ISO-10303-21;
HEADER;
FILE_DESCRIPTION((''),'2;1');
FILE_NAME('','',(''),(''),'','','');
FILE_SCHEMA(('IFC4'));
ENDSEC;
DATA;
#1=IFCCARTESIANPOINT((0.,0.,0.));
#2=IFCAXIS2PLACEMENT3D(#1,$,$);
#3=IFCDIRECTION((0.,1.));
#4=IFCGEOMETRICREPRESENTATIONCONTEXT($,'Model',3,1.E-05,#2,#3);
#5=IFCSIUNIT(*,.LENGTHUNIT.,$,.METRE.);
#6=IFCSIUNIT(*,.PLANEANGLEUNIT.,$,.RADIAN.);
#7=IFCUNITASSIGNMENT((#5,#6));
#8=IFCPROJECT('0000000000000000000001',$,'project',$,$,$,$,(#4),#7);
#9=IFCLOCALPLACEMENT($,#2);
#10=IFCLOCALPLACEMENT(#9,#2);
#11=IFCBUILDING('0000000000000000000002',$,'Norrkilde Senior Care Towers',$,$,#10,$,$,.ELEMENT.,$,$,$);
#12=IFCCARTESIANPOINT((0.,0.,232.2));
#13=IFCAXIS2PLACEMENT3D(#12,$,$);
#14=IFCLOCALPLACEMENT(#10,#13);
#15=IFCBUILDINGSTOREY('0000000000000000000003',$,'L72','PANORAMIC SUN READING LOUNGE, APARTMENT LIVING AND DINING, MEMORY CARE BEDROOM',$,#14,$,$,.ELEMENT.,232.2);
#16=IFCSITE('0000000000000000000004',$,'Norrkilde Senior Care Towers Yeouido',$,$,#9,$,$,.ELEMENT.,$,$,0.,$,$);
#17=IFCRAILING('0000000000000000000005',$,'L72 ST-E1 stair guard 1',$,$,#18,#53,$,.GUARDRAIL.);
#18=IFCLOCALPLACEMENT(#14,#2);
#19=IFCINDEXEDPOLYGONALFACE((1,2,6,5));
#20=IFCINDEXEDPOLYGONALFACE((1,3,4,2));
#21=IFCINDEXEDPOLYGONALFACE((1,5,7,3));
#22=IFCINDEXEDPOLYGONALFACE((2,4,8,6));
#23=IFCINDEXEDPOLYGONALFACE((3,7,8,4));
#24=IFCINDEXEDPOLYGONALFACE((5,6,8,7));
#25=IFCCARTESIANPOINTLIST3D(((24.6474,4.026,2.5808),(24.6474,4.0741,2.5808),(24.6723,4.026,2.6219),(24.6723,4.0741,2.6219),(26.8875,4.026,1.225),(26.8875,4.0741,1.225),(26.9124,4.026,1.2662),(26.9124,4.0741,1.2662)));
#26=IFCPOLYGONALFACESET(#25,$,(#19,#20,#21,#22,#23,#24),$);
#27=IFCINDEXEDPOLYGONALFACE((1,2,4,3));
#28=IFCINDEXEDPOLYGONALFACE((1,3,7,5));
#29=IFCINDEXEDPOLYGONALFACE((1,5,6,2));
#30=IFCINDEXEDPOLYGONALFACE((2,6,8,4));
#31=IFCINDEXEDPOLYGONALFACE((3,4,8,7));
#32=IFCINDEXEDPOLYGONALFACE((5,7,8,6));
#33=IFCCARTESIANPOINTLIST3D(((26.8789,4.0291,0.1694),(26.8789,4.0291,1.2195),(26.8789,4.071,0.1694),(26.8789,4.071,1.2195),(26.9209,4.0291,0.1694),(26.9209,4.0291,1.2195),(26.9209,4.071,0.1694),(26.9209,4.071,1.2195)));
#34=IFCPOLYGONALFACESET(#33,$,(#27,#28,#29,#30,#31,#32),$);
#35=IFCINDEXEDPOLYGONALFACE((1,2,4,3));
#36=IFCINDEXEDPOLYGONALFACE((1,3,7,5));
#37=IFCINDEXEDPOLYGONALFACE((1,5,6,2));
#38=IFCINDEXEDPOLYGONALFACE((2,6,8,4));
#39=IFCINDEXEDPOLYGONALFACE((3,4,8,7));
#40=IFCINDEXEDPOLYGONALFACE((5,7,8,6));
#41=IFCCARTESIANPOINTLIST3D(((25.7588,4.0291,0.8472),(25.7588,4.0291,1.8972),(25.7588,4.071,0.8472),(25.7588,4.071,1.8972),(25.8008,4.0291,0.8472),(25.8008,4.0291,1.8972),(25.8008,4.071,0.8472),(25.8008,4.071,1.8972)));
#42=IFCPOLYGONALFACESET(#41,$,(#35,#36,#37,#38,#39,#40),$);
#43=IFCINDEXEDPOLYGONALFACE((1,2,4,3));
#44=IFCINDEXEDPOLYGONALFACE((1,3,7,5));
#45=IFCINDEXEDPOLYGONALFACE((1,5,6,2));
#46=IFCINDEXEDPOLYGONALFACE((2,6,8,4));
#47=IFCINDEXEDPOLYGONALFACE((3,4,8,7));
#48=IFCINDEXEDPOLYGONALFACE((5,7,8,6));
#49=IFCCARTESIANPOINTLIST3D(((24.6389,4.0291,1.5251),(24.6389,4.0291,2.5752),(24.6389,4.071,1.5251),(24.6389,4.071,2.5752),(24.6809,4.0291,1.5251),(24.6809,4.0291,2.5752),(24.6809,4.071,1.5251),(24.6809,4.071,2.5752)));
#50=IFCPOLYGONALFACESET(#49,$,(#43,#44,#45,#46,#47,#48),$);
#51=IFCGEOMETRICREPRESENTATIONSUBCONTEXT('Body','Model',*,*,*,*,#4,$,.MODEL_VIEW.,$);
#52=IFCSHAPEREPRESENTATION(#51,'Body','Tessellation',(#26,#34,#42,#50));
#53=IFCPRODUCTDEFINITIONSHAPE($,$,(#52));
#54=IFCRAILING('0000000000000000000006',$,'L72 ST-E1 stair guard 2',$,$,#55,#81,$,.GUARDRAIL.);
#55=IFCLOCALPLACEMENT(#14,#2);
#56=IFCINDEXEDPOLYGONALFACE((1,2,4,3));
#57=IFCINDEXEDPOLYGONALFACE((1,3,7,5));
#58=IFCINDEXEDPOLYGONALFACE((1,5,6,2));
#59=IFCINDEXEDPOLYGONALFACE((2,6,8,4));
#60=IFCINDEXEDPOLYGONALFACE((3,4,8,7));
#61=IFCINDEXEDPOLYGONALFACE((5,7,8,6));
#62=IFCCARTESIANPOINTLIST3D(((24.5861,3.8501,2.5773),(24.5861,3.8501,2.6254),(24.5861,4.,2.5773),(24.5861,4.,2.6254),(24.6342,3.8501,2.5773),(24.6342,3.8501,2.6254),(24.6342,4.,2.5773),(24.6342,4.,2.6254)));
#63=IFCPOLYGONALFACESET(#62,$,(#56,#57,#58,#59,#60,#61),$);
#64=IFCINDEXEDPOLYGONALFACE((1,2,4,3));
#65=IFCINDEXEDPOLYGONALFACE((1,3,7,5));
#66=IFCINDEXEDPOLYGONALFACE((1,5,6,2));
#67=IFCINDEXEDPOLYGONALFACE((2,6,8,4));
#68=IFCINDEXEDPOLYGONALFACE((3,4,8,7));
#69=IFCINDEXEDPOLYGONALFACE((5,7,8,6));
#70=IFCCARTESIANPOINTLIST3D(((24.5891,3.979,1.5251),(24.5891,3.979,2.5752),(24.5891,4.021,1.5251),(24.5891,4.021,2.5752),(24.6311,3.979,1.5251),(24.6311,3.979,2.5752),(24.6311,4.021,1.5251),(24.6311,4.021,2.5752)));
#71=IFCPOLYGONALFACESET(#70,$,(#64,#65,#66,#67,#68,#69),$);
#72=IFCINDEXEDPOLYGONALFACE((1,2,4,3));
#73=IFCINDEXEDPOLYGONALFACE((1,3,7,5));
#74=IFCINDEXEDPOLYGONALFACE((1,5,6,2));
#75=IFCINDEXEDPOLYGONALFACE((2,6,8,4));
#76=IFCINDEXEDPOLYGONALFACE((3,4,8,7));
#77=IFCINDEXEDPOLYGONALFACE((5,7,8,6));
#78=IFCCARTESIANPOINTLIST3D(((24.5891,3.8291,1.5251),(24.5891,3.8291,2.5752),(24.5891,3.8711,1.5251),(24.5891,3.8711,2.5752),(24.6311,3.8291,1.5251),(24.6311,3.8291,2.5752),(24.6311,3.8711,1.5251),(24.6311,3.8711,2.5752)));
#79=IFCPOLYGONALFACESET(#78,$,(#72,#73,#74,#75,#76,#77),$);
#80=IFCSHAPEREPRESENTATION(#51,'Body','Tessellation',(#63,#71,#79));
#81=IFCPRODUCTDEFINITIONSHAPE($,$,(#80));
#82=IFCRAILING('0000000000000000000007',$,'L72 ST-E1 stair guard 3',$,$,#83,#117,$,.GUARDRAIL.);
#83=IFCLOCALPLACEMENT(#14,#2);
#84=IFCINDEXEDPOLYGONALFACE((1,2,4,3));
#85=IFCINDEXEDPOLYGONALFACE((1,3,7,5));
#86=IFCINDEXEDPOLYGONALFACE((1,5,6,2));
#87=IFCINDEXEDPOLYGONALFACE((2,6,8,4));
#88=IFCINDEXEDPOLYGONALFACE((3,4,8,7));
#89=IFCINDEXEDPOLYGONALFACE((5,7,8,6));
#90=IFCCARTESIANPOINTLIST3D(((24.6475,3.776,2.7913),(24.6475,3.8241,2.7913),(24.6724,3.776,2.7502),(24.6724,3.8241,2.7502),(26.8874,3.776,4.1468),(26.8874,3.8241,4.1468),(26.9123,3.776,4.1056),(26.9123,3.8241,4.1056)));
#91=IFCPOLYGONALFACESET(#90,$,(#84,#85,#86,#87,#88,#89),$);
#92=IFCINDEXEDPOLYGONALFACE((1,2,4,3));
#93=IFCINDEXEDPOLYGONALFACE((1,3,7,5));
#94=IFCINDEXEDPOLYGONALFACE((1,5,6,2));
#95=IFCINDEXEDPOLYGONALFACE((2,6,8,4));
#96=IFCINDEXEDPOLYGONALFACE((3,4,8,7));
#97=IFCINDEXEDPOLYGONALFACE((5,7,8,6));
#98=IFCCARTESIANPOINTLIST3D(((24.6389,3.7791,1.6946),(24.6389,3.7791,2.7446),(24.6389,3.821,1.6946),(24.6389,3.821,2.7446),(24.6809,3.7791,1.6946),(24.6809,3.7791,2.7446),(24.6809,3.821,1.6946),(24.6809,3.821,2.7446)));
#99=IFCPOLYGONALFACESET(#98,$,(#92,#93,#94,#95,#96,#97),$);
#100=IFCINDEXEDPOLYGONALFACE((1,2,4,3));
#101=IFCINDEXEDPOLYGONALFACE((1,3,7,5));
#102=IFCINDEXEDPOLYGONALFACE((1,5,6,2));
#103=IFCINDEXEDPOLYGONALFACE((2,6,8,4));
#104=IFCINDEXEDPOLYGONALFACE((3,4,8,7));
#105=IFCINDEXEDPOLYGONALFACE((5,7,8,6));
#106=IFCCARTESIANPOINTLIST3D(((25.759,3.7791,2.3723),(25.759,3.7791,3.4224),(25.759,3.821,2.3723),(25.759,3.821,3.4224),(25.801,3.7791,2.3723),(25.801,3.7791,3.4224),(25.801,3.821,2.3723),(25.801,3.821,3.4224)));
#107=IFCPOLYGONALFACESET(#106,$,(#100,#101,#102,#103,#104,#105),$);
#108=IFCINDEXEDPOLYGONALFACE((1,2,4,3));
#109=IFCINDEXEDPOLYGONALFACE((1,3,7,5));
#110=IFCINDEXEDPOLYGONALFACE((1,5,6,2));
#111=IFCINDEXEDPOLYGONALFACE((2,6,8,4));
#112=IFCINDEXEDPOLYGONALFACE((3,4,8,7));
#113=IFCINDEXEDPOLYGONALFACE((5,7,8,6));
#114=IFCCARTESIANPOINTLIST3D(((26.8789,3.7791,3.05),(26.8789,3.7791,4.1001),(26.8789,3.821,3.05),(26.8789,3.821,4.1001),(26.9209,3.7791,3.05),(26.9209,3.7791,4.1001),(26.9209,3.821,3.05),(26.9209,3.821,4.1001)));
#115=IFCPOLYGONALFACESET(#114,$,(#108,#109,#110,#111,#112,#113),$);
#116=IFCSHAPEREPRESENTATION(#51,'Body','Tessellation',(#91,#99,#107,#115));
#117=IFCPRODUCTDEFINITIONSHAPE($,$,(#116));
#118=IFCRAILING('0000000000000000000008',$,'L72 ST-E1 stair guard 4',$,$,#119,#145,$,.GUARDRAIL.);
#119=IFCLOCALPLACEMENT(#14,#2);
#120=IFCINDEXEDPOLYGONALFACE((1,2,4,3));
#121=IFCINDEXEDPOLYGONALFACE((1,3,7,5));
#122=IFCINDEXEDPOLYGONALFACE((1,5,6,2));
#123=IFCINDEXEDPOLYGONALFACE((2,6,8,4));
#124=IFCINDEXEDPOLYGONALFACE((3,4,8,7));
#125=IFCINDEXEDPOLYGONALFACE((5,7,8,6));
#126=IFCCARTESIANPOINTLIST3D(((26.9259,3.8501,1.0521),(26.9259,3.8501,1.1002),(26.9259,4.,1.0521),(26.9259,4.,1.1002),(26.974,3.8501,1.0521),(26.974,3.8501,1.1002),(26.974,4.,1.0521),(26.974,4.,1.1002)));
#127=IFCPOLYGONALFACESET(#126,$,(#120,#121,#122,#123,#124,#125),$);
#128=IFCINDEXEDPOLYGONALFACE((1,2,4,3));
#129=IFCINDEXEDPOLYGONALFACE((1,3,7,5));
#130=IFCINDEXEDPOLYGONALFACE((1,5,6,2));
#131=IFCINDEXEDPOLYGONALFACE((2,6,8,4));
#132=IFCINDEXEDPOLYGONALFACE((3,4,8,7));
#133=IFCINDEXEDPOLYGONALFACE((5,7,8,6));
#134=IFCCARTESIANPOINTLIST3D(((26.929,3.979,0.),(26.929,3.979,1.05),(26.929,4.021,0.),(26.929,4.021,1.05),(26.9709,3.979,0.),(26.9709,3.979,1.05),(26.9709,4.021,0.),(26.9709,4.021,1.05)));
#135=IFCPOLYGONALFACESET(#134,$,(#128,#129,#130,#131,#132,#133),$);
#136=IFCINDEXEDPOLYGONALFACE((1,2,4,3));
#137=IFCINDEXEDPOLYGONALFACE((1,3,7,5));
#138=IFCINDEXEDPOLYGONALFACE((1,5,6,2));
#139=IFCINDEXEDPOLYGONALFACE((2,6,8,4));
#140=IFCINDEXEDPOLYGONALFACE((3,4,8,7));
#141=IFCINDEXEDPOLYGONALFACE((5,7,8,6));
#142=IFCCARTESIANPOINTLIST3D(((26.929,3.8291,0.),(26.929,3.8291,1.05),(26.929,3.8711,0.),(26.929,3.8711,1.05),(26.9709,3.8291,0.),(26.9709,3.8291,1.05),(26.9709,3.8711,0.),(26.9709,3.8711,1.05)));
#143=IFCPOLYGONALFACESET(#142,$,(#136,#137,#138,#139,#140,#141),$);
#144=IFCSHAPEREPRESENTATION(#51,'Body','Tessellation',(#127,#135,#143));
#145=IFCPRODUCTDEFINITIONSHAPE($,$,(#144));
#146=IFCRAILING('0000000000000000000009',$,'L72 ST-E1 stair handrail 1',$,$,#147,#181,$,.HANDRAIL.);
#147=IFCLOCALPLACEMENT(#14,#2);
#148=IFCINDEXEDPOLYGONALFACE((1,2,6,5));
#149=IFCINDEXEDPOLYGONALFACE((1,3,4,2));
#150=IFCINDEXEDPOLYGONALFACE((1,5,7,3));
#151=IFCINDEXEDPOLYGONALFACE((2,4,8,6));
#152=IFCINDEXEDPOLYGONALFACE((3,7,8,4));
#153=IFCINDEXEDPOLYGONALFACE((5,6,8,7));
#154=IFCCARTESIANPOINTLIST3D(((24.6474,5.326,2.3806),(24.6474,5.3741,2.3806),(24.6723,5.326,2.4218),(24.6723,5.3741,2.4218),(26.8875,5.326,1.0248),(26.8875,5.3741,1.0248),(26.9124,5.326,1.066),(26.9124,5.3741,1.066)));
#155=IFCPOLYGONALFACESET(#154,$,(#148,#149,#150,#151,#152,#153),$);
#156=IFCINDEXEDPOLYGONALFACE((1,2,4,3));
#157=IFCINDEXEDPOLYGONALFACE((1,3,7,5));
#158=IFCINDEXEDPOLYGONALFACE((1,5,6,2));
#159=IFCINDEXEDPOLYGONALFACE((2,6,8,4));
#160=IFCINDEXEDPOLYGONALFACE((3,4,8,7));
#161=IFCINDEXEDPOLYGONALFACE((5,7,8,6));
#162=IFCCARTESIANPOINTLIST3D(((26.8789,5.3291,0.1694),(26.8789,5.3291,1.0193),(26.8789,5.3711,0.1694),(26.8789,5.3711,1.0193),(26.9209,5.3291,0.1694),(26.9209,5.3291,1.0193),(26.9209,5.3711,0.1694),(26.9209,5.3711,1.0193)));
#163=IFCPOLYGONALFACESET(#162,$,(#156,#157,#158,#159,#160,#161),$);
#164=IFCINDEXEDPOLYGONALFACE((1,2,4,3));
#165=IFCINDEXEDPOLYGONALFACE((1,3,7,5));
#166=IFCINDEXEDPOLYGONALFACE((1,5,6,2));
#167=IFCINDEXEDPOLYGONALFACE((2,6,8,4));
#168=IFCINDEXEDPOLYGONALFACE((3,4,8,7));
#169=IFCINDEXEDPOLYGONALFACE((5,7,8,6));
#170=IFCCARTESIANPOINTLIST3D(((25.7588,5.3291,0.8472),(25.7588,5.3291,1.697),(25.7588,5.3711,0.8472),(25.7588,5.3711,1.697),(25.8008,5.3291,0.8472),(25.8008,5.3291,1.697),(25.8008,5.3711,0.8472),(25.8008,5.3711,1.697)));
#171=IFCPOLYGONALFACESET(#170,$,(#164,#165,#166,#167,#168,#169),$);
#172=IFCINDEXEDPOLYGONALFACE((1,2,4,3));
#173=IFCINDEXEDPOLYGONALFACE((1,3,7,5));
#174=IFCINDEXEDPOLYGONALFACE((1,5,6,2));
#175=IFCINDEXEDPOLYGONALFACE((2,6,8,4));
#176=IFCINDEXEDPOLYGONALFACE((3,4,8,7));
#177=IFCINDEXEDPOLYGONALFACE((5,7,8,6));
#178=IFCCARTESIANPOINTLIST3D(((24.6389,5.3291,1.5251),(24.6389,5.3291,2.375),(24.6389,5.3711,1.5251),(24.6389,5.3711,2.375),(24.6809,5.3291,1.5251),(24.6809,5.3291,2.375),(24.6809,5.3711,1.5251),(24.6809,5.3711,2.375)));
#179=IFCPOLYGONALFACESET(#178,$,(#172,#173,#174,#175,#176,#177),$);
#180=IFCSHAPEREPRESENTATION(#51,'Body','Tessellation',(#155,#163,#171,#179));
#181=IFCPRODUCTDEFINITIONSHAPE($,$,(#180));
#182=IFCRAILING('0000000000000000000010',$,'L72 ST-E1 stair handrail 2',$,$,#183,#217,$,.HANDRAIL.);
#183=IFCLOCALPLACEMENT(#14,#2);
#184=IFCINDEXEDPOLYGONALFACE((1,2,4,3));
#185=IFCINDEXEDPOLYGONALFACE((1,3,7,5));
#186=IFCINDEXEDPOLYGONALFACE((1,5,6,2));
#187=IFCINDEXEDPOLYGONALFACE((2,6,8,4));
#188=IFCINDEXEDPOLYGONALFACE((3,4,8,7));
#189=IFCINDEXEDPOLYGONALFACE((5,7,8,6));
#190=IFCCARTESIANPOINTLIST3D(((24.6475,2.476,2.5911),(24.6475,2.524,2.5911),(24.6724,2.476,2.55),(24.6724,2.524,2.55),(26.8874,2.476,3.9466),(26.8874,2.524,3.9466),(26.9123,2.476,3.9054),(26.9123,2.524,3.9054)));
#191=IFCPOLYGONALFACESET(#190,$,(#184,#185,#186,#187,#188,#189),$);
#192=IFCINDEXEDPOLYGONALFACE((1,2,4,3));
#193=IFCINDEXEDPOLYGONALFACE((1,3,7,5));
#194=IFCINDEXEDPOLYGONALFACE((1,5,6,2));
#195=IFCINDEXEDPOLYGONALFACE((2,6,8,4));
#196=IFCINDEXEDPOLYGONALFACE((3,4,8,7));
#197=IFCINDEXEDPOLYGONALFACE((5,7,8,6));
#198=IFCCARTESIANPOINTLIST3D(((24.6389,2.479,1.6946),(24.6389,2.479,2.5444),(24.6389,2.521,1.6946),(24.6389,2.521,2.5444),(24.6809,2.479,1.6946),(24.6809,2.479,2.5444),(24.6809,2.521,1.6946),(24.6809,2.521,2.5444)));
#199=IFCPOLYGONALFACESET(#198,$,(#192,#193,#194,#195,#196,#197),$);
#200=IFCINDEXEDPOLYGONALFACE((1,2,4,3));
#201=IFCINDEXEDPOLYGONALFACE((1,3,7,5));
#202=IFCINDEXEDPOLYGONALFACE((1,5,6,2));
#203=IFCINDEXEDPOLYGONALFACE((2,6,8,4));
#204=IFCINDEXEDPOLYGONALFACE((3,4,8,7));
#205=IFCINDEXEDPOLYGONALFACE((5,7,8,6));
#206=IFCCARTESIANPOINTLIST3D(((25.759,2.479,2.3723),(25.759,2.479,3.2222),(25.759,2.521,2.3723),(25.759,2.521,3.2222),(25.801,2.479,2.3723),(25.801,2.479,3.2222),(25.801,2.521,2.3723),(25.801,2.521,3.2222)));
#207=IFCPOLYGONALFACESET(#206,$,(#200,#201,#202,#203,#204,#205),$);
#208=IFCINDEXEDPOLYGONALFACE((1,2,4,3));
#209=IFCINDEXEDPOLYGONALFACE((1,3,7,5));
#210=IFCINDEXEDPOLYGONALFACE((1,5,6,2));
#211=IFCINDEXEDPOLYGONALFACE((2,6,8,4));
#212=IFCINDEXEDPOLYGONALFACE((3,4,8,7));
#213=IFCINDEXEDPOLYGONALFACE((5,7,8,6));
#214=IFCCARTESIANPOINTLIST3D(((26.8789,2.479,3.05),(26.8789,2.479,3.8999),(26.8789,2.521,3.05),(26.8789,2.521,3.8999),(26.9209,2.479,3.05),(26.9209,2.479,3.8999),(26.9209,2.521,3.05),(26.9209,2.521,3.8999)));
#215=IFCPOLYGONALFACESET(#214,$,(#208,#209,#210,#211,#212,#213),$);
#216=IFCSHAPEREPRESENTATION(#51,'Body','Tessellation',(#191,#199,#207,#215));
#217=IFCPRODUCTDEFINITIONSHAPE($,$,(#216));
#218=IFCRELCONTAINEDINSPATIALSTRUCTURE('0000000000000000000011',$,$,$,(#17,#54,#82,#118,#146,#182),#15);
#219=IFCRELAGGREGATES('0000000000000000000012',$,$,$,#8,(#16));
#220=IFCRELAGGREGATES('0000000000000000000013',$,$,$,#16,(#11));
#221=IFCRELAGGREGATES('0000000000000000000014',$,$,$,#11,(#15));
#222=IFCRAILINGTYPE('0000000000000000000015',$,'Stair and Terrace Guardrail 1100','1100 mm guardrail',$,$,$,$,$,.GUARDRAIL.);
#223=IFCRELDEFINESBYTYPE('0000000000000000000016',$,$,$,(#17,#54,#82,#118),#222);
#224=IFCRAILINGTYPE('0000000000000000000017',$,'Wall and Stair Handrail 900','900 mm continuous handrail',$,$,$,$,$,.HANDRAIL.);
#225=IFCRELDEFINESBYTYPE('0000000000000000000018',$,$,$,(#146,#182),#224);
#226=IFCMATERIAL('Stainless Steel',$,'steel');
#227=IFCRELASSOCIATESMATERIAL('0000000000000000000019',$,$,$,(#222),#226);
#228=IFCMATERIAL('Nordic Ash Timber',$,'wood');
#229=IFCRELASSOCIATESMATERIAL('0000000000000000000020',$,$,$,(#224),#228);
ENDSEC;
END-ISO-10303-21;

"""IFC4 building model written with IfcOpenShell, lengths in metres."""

from ifc_helpers import new_model, si_unit, direction, frame, origin, origin_2d, place, context, subcontext, project, spatial, rectangle, extrude, material, type_object, element, save


model = new_model("IFC4")

# Units and contexts
model_context = context("Model", 3, precision=1e-05, world=origin(), true_north=direction((0.0, 1.0)))
body_context = subcontext(model_context, "Body", "Model", "MODEL_VIEW")
ifc_project = project(units=[si_unit("LENGTHUNIT", "METRE"), si_unit("PLANEANGLEUNIT", "RADIAN")], contexts=[model_context])

# Site, building, storey
site_placement = place(None, origin())
site = spatial("IfcSite", under=ifc_project, at=site_placement, Name="Norrkilde Senior Care Towers Yeouido", CompositionType="ELEMENT", RefElevation=0.0)
building_placement = place(site_placement, origin())
building = spatial("IfcBuilding", under=site, at=building_placement, Name="Norrkilde Senior Care Towers", CompositionType="ELEMENT")
storey_placement = place(building_placement, frame((0.0, 0.0, 232.2)))
storey = spatial("IfcBuildingStorey", under=building, at=storey_placement, Name="L72", Description="PANORAMIC SUN READING LOUNGE, APARTMENT LIVING AND DINING, MEMORY CARE BEDROOM", CompositionType="ELEMENT", Elevation=232.2)

# Shared definitions
ifc_material_1 = material(Name="Nordic Ash Timber", Category="wood")

# Railings
ifc_material_2 = material(Name="Stainless Steel", Category="steel")
railing_type_1 = type_object("IfcRailingType", Name="Stair and Terrace Guardrail 1100", Description="1100 mm guardrail", PredefinedType="GUARDRAIL", material=ifc_material_2)
railing_1_placement = place(storey_placement, frame((26.8999, 4.05, 0.1694)))
element("IfcRailing", 1, at=railing_1_placement, inside=storey, type_object=railing_type_1, Name="L72 ST-E1 stair guard 1", PredefinedType="GUARDRAIL", context=body_context, shape_type="SweptSolid", body=[
    extrude(rectangle(XDim=0.0481, YDim=0.0481, at=origin_2d()), frame((0.0, 0.0, 1.0762), z_axis=(-0.855512, 0.0, 0.517783), x_axis=(0.0, -1.0, 0.0)), (0.0, 0.0, 1.0), 2.6184),
    extrude(rectangle(XDim=0.042, YDim=0.042, at=origin_2d()), origin(), (0.0, 0.0, 1.0), 1.05),
    extrude(rectangle(XDim=0.042, YDim=0.042, at=origin_2d()), frame((-1.1201, 0.0, 0.6777)), (0.0, 0.0, 1.0), 1.05),
    extrude(rectangle(XDim=0.042, YDim=0.042, at=origin_2d()), frame((-2.24, 0.0, 1.3557)), (0.0, 0.0, 1.0), 1.05),
])
railing_2_placement = place(storey_placement, frame((24.6101, 4.0, 1.5251)))
element("IfcRailing", 2, at=railing_2_placement, inside=storey, type_object=railing_type_1, Name="L72 ST-E1 stair guard 2", PredefinedType="GUARDRAIL", context=body_context, shape_type="SweptSolid", body=[
    extrude(rectangle(XDim=0.0481, YDim=0.0481, at=origin_2d()), frame((0.0, 0.0, 1.0762), z_axis=(0.0, -1.0, 0.0), x_axis=(1.0, 0.0, 0.0)), (0.0, 0.0, 1.0), 0.1499),
    extrude(rectangle(XDim=0.042, YDim=0.042, at=origin_2d()), origin(), (0.0, 0.0, 1.0), 1.05),
    extrude(rectangle(XDim=0.042, YDim=0.042, at=origin_2d()), frame((0.0, -0.1499, 0.0)), (0.0, 0.0, 1.0), 1.05),
])
railing_3_placement = place(storey_placement, frame((24.6599, 3.8, 1.6946)))
element("IfcRailing", 3, at=railing_3_placement, inside=storey, type_object=railing_type_1, Name="L72 ST-E1 stair guard 3", PredefinedType="GUARDRAIL", context=body_context, shape_type="SweptSolid", body=[
    extrude(rectangle(XDim=0.0481, YDim=0.0481, at=origin_2d()), frame((0.0, 0.0, 1.0762), z_axis=(0.855553, 0.0, 0.517715), x_axis=(0.0, 1.0, 0.0)), (0.0, 0.0, 1.0), 2.6182),
    extrude(rectangle(XDim=0.042, YDim=0.042, at=origin_2d()), origin(), (0.0, 0.0, 1.0), 1.05),
    extrude(rectangle(XDim=0.042, YDim=0.042, at=origin_2d()), frame((1.1201, 0.0, 0.6777)), (0.0, 0.0, 1.0), 1.05),
    extrude(rectangle(XDim=0.042, YDim=0.042, at=origin_2d()), frame((2.24, 0.0, 1.3555)), (0.0, 0.0, 1.0), 1.05),
])
railing_4_placement = place(storey_placement, frame((26.95, 4.0, 0.0)))
element("IfcRailing", 4, at=railing_4_placement, inside=storey, type_object=railing_type_1, Name="L72 ST-E1 stair guard 4", PredefinedType="GUARDRAIL", context=body_context, shape_type="SweptSolid", body=[
    extrude(rectangle(XDim=0.0481, YDim=0.0481, at=origin_2d()), frame((0.0, 0.0, 1.0762), z_axis=(0.0, -1.0, 0.0), x_axis=(1.0, 0.0, 0.0)), (0.0, 0.0, 1.0), 0.1499),
    extrude(rectangle(XDim=0.042, YDim=0.042, at=origin_2d()), origin(), (0.0, 0.0, 1.0), 1.05),
    extrude(rectangle(XDim=0.042, YDim=0.042, at=origin_2d()), frame((0.0, -0.1499, 0.0)), (0.0, 0.0, 1.0), 1.05),
])
railing_type_2 = type_object("IfcRailingType", Name="Wall and Stair Handrail 900", Description="900 mm continuous handrail", PredefinedType="HANDRAIL", material=ifc_material_1)
railing_5_placement = place(storey_placement, frame((26.8999, 5.3501, 0.1694)))
element("IfcRailing", 5, at=railing_5_placement, inside=storey, type_object=railing_type_2, Name="L72 ST-E1 stair handrail 1", PredefinedType="HANDRAIL", context=body_context, shape_type="SweptSolid", body=[
    extrude(rectangle(XDim=0.0481, YDim=0.0481, at=origin_2d()), frame((0.0, 0.0, 0.876), z_axis=(-0.855512, 0.0, 0.517783), x_axis=(0.0, -1.0, 0.0)), (0.0, 0.0, 1.0), 2.6184),
    extrude(rectangle(XDim=0.042, YDim=0.042, at=origin_2d()), origin(), (0.0, 0.0, 1.0), 0.8499),
    extrude(rectangle(XDim=0.042, YDim=0.042, at=origin_2d()), frame((-1.1201, 0.0, 0.6777)), (0.0, 0.0, 1.0), 0.8499),
    extrude(rectangle(XDim=0.042, YDim=0.042, at=origin_2d()), frame((-2.24, 0.0, 1.3557)), (0.0, 0.0, 1.0), 0.8499),
])
railing_6_placement = place(storey_placement, frame((24.6599, 2.5, 1.6946)))
element("IfcRailing", 6, at=railing_6_placement, inside=storey, type_object=railing_type_2, Name="L72 ST-E1 stair handrail 2", PredefinedType="HANDRAIL", context=body_context, shape_type="SweptSolid", body=[
    extrude(rectangle(XDim=0.0481, YDim=0.0481, at=origin_2d()), frame((0.0, 0.0, 0.876), z_axis=(0.855553, 0.0, 0.517715), x_axis=(0.0, 1.0, 0.0)), (0.0, 0.0, 1.0), 2.6182),
    extrude(rectangle(XDim=0.042, YDim=0.042, at=origin_2d()), origin(), (0.0, 0.0, 1.0), 0.8499),
    extrude(rectangle(XDim=0.042, YDim=0.042, at=origin_2d()), frame((1.1201, 0.0, 0.6777)), (0.0, 0.0, 1.0), 0.8499),
    extrude(rectangle(XDim=0.042, YDim=0.042, at=origin_2d()), frame((2.24, 0.0, 1.3555)), (0.0, 0.0, 1.0), 0.8499),
])

save(model, "model.ifc")
